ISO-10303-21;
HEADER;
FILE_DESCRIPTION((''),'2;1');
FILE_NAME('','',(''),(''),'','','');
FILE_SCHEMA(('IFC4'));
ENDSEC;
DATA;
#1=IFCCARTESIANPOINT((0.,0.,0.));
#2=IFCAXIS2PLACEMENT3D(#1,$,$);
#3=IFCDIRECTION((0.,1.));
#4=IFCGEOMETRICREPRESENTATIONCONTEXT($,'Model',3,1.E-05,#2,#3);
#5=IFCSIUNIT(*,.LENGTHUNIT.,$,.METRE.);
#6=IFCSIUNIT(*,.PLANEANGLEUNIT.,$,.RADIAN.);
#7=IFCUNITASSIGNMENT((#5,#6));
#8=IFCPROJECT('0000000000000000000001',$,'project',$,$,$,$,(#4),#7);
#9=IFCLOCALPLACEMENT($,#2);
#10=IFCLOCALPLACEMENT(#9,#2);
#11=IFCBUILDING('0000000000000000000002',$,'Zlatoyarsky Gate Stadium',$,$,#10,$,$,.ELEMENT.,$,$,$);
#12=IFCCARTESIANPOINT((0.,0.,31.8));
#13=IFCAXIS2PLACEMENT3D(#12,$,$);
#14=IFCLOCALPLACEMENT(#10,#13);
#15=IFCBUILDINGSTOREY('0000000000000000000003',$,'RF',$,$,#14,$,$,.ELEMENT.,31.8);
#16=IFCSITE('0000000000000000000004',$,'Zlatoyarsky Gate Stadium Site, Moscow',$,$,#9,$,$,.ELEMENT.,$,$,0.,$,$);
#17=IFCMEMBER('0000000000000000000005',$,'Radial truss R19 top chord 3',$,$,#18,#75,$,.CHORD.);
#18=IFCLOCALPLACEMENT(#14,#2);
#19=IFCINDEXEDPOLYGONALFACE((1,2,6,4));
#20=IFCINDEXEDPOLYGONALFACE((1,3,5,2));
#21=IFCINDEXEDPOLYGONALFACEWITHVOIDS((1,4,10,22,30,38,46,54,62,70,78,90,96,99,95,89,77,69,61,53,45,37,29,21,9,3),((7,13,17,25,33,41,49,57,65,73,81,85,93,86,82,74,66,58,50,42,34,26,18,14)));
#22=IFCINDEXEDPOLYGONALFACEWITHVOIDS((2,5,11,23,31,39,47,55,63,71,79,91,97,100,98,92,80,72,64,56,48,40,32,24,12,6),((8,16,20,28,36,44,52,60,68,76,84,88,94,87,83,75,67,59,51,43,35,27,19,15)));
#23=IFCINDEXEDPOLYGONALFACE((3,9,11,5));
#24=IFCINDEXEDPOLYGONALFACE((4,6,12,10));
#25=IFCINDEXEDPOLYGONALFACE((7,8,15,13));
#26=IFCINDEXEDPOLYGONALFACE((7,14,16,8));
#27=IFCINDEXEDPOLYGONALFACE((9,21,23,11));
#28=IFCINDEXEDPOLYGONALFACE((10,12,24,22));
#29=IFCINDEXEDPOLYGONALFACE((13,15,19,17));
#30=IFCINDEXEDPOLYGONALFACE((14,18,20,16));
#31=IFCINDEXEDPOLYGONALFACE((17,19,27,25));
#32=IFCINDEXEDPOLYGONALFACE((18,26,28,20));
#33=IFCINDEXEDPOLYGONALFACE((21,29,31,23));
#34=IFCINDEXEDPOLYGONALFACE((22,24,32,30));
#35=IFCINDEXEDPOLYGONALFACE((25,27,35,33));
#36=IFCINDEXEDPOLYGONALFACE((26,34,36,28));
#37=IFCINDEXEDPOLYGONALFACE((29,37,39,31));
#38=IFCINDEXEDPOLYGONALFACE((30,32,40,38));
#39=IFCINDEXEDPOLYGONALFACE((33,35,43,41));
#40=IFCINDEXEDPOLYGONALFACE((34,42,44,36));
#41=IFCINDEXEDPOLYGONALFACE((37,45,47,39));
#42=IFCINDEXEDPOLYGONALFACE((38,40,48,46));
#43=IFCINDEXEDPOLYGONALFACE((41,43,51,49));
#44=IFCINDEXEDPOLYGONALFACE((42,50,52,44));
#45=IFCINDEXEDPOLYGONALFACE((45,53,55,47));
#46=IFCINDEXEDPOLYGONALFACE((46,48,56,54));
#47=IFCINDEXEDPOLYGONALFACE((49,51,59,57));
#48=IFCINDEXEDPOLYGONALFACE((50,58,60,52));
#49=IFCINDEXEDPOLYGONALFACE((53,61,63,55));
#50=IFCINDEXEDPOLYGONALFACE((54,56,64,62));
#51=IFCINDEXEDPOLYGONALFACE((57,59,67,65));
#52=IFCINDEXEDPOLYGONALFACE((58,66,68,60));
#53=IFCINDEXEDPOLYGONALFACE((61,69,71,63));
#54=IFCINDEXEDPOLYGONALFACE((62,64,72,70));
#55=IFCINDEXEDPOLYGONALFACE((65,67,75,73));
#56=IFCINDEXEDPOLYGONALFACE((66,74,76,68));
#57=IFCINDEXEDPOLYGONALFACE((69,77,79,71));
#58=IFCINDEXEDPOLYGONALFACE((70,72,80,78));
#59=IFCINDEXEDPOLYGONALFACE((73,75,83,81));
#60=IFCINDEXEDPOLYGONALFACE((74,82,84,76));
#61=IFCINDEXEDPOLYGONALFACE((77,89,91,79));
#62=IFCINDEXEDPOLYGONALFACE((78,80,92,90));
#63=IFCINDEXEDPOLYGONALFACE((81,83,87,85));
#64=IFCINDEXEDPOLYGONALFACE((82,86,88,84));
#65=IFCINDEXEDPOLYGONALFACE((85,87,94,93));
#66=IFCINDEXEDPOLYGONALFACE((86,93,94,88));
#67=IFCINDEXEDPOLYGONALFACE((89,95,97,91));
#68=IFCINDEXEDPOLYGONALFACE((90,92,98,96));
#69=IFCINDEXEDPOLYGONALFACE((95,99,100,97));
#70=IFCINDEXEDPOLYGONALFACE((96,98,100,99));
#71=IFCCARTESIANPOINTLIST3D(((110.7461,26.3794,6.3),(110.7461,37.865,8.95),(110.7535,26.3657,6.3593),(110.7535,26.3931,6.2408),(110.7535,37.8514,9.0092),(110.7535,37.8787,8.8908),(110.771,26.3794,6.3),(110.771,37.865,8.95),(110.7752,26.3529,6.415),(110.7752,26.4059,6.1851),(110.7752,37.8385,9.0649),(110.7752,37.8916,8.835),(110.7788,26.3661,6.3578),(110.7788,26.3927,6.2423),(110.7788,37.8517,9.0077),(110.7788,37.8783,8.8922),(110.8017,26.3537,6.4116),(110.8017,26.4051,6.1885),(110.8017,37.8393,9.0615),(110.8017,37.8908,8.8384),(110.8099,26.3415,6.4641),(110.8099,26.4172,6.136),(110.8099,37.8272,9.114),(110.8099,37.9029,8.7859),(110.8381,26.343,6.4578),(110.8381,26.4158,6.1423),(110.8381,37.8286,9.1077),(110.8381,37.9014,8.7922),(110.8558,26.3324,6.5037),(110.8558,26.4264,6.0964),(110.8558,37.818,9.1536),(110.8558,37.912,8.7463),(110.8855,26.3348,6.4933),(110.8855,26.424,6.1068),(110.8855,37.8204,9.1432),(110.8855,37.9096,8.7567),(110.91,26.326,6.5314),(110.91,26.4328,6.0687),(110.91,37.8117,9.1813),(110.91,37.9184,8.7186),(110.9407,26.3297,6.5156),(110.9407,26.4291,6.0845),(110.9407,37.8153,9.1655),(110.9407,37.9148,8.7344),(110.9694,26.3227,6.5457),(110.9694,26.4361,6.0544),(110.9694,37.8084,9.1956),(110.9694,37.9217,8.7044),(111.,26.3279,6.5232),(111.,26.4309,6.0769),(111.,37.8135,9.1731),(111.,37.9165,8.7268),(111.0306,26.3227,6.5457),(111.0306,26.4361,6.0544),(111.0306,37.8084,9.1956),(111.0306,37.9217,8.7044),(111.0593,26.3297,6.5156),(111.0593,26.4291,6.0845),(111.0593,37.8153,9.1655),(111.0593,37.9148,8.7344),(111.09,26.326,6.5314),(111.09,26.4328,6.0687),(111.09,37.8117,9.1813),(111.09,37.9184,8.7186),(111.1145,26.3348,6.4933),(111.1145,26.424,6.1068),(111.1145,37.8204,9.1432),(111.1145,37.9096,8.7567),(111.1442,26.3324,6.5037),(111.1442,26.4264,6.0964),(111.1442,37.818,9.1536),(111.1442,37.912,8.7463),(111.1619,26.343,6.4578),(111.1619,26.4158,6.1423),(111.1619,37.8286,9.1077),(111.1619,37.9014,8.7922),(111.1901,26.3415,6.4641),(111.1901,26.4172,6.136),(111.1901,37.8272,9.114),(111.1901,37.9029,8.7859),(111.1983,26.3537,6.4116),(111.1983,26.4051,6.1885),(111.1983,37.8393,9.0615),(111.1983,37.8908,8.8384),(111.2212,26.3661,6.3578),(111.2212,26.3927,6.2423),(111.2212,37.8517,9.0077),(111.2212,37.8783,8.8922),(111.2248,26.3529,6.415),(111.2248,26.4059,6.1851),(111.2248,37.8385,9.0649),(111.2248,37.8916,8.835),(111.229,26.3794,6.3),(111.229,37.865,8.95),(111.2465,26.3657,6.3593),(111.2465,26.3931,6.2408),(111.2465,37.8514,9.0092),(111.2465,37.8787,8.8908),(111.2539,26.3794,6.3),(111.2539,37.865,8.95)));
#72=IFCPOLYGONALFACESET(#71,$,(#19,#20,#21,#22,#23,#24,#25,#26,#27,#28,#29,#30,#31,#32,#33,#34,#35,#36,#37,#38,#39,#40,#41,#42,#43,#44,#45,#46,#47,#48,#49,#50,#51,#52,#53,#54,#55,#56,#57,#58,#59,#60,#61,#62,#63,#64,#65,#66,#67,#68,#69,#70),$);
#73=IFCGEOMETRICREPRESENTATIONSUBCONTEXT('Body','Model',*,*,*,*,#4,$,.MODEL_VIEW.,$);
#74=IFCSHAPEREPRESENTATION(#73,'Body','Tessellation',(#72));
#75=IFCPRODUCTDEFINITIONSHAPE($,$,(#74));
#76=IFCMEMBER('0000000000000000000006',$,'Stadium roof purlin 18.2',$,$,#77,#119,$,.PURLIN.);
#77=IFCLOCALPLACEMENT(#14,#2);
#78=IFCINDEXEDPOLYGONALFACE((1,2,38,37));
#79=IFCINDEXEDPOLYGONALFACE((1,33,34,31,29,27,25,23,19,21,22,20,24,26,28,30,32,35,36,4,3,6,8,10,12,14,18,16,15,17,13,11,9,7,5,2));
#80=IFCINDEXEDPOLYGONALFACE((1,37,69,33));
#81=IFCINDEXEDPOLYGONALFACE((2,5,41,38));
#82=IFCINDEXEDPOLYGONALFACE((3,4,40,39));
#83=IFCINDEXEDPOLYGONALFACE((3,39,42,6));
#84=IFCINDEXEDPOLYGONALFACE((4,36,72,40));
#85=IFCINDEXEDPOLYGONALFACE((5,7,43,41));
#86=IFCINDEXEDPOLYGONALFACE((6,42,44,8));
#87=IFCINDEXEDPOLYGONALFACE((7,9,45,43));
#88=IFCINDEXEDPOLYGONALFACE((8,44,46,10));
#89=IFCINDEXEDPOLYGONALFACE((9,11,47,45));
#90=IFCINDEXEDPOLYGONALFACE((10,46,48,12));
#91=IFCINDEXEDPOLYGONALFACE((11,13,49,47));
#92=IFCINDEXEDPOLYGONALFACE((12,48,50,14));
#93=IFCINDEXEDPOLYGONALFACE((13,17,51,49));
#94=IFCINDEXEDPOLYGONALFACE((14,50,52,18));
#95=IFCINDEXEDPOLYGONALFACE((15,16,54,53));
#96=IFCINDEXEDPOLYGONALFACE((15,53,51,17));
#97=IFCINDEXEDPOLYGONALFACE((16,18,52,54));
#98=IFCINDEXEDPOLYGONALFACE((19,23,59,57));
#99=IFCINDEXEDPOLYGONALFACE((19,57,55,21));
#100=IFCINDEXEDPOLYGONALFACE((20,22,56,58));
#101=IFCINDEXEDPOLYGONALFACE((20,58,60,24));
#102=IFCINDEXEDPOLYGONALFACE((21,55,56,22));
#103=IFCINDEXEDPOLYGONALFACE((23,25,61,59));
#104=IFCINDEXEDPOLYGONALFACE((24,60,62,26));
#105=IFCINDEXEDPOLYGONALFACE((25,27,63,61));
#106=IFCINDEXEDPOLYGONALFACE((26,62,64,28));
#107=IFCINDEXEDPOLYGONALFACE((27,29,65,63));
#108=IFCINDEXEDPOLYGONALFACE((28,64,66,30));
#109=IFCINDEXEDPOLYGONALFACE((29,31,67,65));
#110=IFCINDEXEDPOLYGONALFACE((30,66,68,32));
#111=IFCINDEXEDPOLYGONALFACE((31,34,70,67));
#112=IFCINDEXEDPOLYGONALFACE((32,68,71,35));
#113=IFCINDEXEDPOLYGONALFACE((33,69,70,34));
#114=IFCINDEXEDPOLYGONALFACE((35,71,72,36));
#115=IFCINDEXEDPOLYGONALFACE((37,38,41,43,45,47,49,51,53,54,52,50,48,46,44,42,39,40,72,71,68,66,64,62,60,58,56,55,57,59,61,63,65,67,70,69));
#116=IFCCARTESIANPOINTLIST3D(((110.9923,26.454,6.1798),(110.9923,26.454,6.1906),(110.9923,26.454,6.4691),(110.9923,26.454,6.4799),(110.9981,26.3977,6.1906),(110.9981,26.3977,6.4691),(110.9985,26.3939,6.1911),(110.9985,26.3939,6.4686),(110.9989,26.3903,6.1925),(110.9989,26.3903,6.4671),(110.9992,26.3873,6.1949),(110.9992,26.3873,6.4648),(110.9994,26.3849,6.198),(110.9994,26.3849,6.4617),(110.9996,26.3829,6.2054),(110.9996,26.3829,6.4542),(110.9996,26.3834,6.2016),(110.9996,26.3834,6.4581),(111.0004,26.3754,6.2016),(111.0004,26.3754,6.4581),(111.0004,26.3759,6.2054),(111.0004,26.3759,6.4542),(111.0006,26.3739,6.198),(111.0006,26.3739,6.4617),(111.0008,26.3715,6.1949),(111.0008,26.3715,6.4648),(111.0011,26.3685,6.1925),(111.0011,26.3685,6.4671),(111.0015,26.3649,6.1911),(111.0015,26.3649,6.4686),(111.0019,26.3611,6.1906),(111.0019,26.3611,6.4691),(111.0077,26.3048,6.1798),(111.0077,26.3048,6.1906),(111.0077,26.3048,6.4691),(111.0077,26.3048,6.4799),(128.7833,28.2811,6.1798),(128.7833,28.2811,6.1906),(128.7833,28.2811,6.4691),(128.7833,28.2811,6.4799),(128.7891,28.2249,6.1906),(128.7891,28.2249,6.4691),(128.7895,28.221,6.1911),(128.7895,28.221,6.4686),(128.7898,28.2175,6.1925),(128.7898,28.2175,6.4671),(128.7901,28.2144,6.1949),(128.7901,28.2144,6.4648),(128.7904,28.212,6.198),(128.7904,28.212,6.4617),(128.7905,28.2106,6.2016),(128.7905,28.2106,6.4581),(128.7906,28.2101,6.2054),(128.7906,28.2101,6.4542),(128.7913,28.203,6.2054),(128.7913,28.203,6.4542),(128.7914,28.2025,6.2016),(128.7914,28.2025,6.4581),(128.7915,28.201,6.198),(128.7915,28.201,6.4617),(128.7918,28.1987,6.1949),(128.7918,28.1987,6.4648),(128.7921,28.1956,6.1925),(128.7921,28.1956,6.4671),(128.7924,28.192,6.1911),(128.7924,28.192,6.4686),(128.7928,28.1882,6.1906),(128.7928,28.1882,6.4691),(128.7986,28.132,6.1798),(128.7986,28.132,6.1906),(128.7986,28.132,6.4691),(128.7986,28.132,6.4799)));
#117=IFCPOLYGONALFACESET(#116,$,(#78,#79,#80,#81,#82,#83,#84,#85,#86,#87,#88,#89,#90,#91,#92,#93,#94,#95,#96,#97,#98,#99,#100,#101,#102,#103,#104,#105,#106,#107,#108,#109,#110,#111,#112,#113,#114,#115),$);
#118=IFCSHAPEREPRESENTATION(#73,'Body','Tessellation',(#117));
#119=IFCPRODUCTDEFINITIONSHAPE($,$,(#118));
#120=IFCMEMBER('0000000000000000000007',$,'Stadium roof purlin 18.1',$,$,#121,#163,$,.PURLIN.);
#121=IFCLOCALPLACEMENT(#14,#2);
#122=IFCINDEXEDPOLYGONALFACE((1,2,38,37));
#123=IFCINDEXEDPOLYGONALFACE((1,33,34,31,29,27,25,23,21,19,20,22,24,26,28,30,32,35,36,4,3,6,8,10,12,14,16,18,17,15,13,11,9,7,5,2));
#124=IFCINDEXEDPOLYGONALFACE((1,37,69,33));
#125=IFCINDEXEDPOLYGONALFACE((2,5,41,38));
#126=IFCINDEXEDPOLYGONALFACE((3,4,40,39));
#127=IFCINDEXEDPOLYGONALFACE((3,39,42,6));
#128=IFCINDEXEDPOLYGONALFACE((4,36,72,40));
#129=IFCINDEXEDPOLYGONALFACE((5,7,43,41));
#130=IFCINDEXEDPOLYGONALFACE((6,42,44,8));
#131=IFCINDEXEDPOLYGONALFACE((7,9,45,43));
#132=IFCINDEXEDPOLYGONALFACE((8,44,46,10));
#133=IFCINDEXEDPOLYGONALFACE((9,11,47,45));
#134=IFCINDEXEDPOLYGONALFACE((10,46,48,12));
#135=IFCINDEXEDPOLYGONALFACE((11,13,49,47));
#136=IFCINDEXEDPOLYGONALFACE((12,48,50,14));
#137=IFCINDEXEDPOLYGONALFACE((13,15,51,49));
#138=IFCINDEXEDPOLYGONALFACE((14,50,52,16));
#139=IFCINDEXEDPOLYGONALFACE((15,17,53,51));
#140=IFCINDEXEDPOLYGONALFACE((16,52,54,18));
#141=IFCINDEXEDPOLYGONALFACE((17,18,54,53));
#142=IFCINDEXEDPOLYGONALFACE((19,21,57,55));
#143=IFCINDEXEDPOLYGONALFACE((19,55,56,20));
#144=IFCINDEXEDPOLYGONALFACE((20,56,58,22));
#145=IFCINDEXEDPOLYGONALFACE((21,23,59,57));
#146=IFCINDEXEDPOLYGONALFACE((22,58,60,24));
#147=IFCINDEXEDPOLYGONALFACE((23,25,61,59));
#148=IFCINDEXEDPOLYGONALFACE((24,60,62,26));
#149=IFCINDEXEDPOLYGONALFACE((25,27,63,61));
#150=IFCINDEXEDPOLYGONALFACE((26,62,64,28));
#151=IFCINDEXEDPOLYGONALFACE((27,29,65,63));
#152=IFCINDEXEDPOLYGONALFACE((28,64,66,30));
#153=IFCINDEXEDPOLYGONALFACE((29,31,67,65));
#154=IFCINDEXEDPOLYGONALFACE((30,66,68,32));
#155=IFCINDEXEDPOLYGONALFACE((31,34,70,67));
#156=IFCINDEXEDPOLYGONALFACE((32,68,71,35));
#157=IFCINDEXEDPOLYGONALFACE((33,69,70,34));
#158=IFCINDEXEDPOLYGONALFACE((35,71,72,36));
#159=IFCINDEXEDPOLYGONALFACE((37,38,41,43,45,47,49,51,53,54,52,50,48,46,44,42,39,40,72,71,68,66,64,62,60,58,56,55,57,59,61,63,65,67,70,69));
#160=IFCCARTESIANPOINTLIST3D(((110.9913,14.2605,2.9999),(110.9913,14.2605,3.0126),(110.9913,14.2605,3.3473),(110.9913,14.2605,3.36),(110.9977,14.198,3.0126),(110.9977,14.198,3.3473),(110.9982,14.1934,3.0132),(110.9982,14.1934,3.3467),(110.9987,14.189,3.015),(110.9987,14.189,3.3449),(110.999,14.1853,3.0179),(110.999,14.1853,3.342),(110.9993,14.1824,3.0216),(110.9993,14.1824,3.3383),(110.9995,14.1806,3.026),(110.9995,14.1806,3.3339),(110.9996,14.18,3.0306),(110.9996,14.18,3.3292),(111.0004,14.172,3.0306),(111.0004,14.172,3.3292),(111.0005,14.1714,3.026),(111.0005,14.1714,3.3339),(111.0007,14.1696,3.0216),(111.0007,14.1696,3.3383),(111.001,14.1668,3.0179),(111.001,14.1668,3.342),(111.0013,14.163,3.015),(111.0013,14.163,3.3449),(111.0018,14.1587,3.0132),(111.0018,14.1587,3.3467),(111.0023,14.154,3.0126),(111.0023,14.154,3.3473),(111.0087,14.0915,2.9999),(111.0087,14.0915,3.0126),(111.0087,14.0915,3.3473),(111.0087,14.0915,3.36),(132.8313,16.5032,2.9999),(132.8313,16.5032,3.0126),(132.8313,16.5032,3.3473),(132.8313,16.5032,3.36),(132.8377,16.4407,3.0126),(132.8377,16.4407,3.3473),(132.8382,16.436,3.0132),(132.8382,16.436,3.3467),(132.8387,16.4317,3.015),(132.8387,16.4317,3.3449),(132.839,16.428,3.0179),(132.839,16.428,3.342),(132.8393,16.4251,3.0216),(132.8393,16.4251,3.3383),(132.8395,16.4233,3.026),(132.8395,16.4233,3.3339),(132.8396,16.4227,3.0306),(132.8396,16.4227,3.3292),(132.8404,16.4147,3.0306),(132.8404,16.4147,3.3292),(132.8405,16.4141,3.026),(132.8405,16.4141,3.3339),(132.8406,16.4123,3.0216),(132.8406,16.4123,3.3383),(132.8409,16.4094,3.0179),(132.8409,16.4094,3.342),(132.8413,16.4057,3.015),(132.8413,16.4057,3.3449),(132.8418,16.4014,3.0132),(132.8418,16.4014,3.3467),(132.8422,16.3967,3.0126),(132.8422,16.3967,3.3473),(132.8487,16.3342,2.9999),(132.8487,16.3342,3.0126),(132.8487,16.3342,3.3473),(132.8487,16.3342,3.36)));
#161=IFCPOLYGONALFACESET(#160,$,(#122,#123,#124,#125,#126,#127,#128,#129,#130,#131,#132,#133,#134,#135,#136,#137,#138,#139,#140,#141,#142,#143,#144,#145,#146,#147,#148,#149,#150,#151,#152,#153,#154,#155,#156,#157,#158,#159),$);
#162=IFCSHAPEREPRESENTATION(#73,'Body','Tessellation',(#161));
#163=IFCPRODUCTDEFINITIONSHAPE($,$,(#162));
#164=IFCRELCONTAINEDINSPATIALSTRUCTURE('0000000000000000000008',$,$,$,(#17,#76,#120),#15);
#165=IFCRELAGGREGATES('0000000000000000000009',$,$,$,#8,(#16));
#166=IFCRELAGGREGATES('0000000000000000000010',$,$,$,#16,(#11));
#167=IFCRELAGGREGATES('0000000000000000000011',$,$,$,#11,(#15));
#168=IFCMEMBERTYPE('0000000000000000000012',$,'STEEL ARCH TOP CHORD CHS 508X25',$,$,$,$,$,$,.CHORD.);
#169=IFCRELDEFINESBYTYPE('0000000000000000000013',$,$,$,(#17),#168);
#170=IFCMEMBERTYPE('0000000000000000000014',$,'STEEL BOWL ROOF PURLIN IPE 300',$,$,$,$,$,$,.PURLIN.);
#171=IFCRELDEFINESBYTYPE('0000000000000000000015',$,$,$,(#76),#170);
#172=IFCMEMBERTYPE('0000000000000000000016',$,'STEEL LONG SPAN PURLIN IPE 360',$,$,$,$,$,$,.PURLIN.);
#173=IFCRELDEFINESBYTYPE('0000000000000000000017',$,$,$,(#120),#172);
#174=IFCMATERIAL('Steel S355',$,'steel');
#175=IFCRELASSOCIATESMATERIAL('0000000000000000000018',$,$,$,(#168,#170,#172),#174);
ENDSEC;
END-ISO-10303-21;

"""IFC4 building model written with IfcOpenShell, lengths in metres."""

from ifc_helpers import new_model, si_unit, direction, frame, origin, origin_2d, place, context, subcontext, project, spatial, hollow_circle, i_section, extrude, material, material_profile, profile_set, type_object, element, save


model = new_model("IFC4")

# Units and contexts
model_context = context("Model", 3, precision=1e-05, world=origin(), true_north=direction((0.0, 1.0)))
body_context = subcontext(model_context, "Body", "Model", "MODEL_VIEW")
ifc_project = project(units=[si_unit("LENGTHUNIT", "METRE"), si_unit("PLANEANGLEUNIT", "RADIAN")], contexts=[model_context])

# Site, building, storey
site_placement = place(None, origin())
site = spatial("IfcSite", under=ifc_project, at=site_placement, Name="Zlatoyarsky Gate Stadium Site, Moscow", CompositionType="ELEMENT", RefElevation=0.0)
building_placement = place(site_placement, origin())
building = spatial("IfcBuilding", under=site, at=building_placement, Name="Zlatoyarsky Gate Stadium", CompositionType="ELEMENT")
storey_placement = place(building_placement, frame((0.0, 0.0, 31.8)))
storey = spatial("IfcBuildingStorey", under=building, at=storey_placement, Name="RF", CompositionType="ELEMENT", Elevation=31.8)

# Members
ifc_material_1 = material(Name="Steel S355", Category="steel")
ifc_material_profile_1 = material_profile(ifc_material_1, hollow_circle(Radius=0.2539, WallThickness=0.0249, at=origin_2d()), Name="CHS 508X25")
ifc_profile_set_1 = profile_set([ifc_material_profile_1], Name="Steel S355")
member_type_1 = type_object("IfcMemberType", Name="STEEL ARCH TOP CHORD CHS 508X25", PredefinedType="CHORD", material=ifc_profile_set_1)
member_1_placement = place(storey_placement, frame((111.0, 26.3794, 6.3), z_axis=(0.0, 0.974403, 0.22481), x_axis=(-1.0, 0.0, 0.0)))
element("IfcMember", 1, at=member_1_placement, inside=storey, type_object=member_type_1, Name="Radial truss R19 top chord 3", PredefinedType="CHORD", context=body_context, shape_type="SweptSolid", body=[
    extrude(hollow_circle(Radius=0.2539, WallThickness=0.0249, at=origin_2d()), origin(), (0.0, 0.0, 1.0), 11.7874),
])
ifc_material_profile_2 = material_profile(ifc_material_1, i_section(OverallWidth=0.1499, OverallDepth=0.3, WebThickness=0.0071, FlangeThickness=0.0107, FilletRadius=0.0149, at=origin_2d()), Name="IPE 300")
ifc_profile_set_2 = profile_set([ifc_material_profile_2], Name="Steel S355")
member_type_2 = type_object("IfcMemberType", Name="STEEL BOWL ROOF PURLIN IPE 300", PredefinedType="PURLIN", material=ifc_profile_set_2)
member_2_placement = place(storey_placement, frame((111.0, 26.3794, 6.3298), z_axis=(0.994768, 0.102163, 0.0), x_axis=(-0.102163, 0.994768, 0.0)))
element("IfcMember", 2, at=member_2_placement, inside=storey, type_object=member_type_2, Name="Stadium roof purlin 18.2", PredefinedType="PURLIN", context=body_context, shape_type="SweptSolid", body=[
    extrude(i_section(OverallWidth=0.1499, OverallDepth=0.3, WebThickness=0.0071, FlangeThickness=0.0107, FilletRadius=0.0149, at=origin_2d()), origin(), (0.0, 0.0, 1.0), 17.8845),
])
ifc_material_profile_3 = material_profile(ifc_material_1, i_section(OverallWidth=0.1699, OverallDepth=0.3601, WebThickness=0.0081, FlangeThickness=0.0127, FilletRadius=0.0181, at=origin_2d()), Name="IPE 360")
ifc_profile_set_3 = profile_set([ifc_material_profile_3], Name="Steel S355")
member_type_3 = type_object("IfcMemberType", Name="STEEL LONG SPAN PURLIN IPE 360", PredefinedType="PURLIN", material=ifc_profile_set_3)
member_3_placement = place(storey_placement, frame((111.0, 14.176, 3.1799), z_axis=(0.994769, 0.102149, 0.0), x_axis=(-0.102149, 0.994769, 0.0)))
element("IfcMember", 3, at=member_3_placement, inside=storey, type_object=member_type_3, Name="Stadium roof purlin 18.1", PredefinedType="PURLIN", context=body_context, shape_type="SweptSolid", body=[
    extrude(i_section(OverallWidth=0.1699, OverallDepth=0.3601, WebThickness=0.0081, FlangeThickness=0.0127, FilletRadius=0.0181, at=origin_2d()), origin(), (0.0, 0.0, 1.0), 21.9548),
])

save(model, "model.ifc")
